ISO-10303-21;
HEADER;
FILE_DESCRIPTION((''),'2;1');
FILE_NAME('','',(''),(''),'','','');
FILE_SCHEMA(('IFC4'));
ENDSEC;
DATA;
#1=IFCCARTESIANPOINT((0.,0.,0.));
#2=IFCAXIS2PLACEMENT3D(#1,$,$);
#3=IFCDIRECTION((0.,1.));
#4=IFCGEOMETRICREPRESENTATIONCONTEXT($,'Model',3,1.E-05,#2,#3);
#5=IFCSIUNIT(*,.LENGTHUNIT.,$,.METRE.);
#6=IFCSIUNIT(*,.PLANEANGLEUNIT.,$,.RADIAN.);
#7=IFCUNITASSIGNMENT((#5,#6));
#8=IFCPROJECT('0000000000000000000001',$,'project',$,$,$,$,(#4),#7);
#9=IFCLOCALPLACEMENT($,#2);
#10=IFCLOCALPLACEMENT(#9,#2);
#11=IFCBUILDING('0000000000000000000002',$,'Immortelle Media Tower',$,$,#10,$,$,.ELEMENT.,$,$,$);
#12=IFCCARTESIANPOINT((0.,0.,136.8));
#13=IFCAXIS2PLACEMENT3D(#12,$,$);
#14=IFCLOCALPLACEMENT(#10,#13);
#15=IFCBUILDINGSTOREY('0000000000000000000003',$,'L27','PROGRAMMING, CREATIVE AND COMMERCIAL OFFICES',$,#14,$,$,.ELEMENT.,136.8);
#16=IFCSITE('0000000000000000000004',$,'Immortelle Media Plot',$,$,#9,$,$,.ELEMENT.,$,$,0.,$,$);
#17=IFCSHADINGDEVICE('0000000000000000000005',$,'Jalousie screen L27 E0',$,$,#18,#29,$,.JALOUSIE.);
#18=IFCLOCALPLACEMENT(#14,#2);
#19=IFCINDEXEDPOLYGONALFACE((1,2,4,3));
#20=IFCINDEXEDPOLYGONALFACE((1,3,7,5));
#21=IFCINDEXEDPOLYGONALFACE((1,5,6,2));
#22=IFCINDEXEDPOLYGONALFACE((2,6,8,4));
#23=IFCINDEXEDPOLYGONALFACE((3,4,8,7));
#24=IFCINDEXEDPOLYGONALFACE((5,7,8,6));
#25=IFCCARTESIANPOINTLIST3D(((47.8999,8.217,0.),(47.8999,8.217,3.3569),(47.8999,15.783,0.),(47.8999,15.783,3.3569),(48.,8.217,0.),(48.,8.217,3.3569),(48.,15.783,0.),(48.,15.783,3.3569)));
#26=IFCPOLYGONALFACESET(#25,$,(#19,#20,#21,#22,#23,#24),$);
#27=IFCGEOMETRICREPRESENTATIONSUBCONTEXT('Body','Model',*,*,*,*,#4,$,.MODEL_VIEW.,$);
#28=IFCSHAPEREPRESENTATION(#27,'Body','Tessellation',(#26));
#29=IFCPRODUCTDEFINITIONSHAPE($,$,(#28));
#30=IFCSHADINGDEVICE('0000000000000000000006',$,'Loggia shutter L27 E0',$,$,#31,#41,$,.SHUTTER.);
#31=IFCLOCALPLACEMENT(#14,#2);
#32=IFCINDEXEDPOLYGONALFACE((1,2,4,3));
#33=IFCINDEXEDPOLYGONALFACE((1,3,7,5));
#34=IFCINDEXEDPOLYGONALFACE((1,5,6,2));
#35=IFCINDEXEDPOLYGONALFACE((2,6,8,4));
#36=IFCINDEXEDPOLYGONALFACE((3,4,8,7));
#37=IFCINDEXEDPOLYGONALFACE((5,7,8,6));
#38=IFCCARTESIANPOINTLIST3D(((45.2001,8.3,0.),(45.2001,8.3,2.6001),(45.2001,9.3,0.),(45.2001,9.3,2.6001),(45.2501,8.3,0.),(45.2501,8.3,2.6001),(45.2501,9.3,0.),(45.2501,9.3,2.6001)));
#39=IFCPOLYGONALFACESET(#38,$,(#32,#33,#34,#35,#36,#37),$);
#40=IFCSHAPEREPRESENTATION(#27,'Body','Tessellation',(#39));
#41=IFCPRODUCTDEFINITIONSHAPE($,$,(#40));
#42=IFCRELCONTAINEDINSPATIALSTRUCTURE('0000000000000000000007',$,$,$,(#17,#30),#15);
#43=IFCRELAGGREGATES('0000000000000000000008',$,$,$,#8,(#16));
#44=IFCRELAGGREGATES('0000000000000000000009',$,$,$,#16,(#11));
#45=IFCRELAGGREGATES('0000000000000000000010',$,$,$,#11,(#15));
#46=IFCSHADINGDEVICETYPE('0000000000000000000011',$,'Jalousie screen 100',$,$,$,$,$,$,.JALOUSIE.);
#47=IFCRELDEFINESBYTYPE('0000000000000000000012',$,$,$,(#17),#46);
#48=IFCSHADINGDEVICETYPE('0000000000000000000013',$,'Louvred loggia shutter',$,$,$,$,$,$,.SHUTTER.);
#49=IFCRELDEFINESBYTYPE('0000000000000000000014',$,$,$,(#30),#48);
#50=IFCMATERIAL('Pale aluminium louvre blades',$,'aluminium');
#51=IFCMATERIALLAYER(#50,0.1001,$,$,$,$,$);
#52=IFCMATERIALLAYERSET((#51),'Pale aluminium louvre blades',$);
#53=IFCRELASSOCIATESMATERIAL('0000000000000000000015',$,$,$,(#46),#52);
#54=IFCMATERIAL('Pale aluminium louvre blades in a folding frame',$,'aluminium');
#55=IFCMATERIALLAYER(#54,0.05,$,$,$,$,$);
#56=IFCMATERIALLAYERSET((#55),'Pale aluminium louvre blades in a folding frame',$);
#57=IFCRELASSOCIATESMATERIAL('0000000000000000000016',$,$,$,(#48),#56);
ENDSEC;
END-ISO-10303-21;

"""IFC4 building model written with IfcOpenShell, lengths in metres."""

from ifc_helpers import new_model, si_unit, direction, frame, origin, origin_2d, place, context, subcontext, project, spatial, rectangle, extrude, material, layer, layer_set, type_object, element, save


model = new_model("IFC4")

# Units and contexts
model_context = context("Model", 3, precision=1e-05, world=origin(), true_north=direction((0.0, 1.0)))
body_context = subcontext(model_context, "Body", "Model", "MODEL_VIEW")
ifc_project = project(units=[si_unit("LENGTHUNIT", "METRE"), si_unit("PLANEANGLEUNIT", "RADIAN")], contexts=[model_context])

# Site, building, storey
site_placement = place(None, origin())
site = spatial("IfcSite", under=ifc_project, at=site_placement, Name="Immortelle Media Plot", CompositionType="ELEMENT", RefElevation=0.0)
building_placement = place(site_placement, origin())
building = spatial("IfcBuilding", under=site, at=building_placement, Name="Immortelle Media Tower", CompositionType="ELEMENT")
storey_placement = place(building_placement, frame((0.0, 0.0, 136.8)))
storey = spatial("IfcBuildingStorey", under=building, at=storey_placement, Name="L27", Description="PROGRAMMING, CREATIVE AND COMMERCIAL OFFICES", CompositionType="ELEMENT", Elevation=136.8)

# Shading devices
ifc_material_1 = material(Name="Pale aluminium louvre blades", Category="aluminium")
ifc_layer_1 = layer(ifc_material_1, 0.1001)
ifc_layer_set_1 = layer_set([ifc_layer_1], Name="Pale aluminium louvre blades")
shading_device_type_1 = type_object("IfcShadingDeviceType", Name="Jalousie screen 100", PredefinedType="JALOUSIE", material=ifc_layer_set_1)
shading_device_1_placement = place(storey_placement, frame((47.95, 12.0, 0.0), z_axis=(0.0, 0.0, 1.0), x_axis=(0.0, 1.0, 0.0)))
element("IfcShadingDevice", 1, at=shading_device_1_placement, inside=storey, type_object=shading_device_type_1, Name="Jalousie screen L27 E0", PredefinedType="JALOUSIE", context=body_context, shape_type="SweptSolid", body=[
    extrude(rectangle(XDim=7.5659, YDim=0.1001, at=origin_2d()), origin(), (0.0, 0.0, 1.0), 3.3569),
])
ifc_material_2 = material(Name="Pale aluminium louvre blades in a folding frame", Category="aluminium")
ifc_layer_2 = layer(ifc_material_2, 0.05)
ifc_layer_set_2 = layer_set([ifc_layer_2], Name="Pale aluminium louvre blades in a folding frame")
shading_device_type_2 = type_object("IfcShadingDeviceType", Name="Louvred loggia shutter", PredefinedType="SHUTTER", material=ifc_layer_set_2)
shading_device_2_placement = place(storey_placement, frame((45.2251, 8.8, 0.0), z_axis=(0.0, 0.0, 1.0), x_axis=(0.0, 1.0, 0.0)))
element("IfcShadingDevice", 2, at=shading_device_2_placement, inside=storey, type_object=shading_device_type_2, Name="Loggia shutter L27 E0", PredefinedType="SHUTTER", context=body_context, shape_type="SweptSolid", body=[
    extrude(rectangle(XDim=1.0, YDim=0.05, at=origin_2d()), origin(), (0.0, 0.0, 1.0), 2.6001),
])

save(model, "model.ifc")
